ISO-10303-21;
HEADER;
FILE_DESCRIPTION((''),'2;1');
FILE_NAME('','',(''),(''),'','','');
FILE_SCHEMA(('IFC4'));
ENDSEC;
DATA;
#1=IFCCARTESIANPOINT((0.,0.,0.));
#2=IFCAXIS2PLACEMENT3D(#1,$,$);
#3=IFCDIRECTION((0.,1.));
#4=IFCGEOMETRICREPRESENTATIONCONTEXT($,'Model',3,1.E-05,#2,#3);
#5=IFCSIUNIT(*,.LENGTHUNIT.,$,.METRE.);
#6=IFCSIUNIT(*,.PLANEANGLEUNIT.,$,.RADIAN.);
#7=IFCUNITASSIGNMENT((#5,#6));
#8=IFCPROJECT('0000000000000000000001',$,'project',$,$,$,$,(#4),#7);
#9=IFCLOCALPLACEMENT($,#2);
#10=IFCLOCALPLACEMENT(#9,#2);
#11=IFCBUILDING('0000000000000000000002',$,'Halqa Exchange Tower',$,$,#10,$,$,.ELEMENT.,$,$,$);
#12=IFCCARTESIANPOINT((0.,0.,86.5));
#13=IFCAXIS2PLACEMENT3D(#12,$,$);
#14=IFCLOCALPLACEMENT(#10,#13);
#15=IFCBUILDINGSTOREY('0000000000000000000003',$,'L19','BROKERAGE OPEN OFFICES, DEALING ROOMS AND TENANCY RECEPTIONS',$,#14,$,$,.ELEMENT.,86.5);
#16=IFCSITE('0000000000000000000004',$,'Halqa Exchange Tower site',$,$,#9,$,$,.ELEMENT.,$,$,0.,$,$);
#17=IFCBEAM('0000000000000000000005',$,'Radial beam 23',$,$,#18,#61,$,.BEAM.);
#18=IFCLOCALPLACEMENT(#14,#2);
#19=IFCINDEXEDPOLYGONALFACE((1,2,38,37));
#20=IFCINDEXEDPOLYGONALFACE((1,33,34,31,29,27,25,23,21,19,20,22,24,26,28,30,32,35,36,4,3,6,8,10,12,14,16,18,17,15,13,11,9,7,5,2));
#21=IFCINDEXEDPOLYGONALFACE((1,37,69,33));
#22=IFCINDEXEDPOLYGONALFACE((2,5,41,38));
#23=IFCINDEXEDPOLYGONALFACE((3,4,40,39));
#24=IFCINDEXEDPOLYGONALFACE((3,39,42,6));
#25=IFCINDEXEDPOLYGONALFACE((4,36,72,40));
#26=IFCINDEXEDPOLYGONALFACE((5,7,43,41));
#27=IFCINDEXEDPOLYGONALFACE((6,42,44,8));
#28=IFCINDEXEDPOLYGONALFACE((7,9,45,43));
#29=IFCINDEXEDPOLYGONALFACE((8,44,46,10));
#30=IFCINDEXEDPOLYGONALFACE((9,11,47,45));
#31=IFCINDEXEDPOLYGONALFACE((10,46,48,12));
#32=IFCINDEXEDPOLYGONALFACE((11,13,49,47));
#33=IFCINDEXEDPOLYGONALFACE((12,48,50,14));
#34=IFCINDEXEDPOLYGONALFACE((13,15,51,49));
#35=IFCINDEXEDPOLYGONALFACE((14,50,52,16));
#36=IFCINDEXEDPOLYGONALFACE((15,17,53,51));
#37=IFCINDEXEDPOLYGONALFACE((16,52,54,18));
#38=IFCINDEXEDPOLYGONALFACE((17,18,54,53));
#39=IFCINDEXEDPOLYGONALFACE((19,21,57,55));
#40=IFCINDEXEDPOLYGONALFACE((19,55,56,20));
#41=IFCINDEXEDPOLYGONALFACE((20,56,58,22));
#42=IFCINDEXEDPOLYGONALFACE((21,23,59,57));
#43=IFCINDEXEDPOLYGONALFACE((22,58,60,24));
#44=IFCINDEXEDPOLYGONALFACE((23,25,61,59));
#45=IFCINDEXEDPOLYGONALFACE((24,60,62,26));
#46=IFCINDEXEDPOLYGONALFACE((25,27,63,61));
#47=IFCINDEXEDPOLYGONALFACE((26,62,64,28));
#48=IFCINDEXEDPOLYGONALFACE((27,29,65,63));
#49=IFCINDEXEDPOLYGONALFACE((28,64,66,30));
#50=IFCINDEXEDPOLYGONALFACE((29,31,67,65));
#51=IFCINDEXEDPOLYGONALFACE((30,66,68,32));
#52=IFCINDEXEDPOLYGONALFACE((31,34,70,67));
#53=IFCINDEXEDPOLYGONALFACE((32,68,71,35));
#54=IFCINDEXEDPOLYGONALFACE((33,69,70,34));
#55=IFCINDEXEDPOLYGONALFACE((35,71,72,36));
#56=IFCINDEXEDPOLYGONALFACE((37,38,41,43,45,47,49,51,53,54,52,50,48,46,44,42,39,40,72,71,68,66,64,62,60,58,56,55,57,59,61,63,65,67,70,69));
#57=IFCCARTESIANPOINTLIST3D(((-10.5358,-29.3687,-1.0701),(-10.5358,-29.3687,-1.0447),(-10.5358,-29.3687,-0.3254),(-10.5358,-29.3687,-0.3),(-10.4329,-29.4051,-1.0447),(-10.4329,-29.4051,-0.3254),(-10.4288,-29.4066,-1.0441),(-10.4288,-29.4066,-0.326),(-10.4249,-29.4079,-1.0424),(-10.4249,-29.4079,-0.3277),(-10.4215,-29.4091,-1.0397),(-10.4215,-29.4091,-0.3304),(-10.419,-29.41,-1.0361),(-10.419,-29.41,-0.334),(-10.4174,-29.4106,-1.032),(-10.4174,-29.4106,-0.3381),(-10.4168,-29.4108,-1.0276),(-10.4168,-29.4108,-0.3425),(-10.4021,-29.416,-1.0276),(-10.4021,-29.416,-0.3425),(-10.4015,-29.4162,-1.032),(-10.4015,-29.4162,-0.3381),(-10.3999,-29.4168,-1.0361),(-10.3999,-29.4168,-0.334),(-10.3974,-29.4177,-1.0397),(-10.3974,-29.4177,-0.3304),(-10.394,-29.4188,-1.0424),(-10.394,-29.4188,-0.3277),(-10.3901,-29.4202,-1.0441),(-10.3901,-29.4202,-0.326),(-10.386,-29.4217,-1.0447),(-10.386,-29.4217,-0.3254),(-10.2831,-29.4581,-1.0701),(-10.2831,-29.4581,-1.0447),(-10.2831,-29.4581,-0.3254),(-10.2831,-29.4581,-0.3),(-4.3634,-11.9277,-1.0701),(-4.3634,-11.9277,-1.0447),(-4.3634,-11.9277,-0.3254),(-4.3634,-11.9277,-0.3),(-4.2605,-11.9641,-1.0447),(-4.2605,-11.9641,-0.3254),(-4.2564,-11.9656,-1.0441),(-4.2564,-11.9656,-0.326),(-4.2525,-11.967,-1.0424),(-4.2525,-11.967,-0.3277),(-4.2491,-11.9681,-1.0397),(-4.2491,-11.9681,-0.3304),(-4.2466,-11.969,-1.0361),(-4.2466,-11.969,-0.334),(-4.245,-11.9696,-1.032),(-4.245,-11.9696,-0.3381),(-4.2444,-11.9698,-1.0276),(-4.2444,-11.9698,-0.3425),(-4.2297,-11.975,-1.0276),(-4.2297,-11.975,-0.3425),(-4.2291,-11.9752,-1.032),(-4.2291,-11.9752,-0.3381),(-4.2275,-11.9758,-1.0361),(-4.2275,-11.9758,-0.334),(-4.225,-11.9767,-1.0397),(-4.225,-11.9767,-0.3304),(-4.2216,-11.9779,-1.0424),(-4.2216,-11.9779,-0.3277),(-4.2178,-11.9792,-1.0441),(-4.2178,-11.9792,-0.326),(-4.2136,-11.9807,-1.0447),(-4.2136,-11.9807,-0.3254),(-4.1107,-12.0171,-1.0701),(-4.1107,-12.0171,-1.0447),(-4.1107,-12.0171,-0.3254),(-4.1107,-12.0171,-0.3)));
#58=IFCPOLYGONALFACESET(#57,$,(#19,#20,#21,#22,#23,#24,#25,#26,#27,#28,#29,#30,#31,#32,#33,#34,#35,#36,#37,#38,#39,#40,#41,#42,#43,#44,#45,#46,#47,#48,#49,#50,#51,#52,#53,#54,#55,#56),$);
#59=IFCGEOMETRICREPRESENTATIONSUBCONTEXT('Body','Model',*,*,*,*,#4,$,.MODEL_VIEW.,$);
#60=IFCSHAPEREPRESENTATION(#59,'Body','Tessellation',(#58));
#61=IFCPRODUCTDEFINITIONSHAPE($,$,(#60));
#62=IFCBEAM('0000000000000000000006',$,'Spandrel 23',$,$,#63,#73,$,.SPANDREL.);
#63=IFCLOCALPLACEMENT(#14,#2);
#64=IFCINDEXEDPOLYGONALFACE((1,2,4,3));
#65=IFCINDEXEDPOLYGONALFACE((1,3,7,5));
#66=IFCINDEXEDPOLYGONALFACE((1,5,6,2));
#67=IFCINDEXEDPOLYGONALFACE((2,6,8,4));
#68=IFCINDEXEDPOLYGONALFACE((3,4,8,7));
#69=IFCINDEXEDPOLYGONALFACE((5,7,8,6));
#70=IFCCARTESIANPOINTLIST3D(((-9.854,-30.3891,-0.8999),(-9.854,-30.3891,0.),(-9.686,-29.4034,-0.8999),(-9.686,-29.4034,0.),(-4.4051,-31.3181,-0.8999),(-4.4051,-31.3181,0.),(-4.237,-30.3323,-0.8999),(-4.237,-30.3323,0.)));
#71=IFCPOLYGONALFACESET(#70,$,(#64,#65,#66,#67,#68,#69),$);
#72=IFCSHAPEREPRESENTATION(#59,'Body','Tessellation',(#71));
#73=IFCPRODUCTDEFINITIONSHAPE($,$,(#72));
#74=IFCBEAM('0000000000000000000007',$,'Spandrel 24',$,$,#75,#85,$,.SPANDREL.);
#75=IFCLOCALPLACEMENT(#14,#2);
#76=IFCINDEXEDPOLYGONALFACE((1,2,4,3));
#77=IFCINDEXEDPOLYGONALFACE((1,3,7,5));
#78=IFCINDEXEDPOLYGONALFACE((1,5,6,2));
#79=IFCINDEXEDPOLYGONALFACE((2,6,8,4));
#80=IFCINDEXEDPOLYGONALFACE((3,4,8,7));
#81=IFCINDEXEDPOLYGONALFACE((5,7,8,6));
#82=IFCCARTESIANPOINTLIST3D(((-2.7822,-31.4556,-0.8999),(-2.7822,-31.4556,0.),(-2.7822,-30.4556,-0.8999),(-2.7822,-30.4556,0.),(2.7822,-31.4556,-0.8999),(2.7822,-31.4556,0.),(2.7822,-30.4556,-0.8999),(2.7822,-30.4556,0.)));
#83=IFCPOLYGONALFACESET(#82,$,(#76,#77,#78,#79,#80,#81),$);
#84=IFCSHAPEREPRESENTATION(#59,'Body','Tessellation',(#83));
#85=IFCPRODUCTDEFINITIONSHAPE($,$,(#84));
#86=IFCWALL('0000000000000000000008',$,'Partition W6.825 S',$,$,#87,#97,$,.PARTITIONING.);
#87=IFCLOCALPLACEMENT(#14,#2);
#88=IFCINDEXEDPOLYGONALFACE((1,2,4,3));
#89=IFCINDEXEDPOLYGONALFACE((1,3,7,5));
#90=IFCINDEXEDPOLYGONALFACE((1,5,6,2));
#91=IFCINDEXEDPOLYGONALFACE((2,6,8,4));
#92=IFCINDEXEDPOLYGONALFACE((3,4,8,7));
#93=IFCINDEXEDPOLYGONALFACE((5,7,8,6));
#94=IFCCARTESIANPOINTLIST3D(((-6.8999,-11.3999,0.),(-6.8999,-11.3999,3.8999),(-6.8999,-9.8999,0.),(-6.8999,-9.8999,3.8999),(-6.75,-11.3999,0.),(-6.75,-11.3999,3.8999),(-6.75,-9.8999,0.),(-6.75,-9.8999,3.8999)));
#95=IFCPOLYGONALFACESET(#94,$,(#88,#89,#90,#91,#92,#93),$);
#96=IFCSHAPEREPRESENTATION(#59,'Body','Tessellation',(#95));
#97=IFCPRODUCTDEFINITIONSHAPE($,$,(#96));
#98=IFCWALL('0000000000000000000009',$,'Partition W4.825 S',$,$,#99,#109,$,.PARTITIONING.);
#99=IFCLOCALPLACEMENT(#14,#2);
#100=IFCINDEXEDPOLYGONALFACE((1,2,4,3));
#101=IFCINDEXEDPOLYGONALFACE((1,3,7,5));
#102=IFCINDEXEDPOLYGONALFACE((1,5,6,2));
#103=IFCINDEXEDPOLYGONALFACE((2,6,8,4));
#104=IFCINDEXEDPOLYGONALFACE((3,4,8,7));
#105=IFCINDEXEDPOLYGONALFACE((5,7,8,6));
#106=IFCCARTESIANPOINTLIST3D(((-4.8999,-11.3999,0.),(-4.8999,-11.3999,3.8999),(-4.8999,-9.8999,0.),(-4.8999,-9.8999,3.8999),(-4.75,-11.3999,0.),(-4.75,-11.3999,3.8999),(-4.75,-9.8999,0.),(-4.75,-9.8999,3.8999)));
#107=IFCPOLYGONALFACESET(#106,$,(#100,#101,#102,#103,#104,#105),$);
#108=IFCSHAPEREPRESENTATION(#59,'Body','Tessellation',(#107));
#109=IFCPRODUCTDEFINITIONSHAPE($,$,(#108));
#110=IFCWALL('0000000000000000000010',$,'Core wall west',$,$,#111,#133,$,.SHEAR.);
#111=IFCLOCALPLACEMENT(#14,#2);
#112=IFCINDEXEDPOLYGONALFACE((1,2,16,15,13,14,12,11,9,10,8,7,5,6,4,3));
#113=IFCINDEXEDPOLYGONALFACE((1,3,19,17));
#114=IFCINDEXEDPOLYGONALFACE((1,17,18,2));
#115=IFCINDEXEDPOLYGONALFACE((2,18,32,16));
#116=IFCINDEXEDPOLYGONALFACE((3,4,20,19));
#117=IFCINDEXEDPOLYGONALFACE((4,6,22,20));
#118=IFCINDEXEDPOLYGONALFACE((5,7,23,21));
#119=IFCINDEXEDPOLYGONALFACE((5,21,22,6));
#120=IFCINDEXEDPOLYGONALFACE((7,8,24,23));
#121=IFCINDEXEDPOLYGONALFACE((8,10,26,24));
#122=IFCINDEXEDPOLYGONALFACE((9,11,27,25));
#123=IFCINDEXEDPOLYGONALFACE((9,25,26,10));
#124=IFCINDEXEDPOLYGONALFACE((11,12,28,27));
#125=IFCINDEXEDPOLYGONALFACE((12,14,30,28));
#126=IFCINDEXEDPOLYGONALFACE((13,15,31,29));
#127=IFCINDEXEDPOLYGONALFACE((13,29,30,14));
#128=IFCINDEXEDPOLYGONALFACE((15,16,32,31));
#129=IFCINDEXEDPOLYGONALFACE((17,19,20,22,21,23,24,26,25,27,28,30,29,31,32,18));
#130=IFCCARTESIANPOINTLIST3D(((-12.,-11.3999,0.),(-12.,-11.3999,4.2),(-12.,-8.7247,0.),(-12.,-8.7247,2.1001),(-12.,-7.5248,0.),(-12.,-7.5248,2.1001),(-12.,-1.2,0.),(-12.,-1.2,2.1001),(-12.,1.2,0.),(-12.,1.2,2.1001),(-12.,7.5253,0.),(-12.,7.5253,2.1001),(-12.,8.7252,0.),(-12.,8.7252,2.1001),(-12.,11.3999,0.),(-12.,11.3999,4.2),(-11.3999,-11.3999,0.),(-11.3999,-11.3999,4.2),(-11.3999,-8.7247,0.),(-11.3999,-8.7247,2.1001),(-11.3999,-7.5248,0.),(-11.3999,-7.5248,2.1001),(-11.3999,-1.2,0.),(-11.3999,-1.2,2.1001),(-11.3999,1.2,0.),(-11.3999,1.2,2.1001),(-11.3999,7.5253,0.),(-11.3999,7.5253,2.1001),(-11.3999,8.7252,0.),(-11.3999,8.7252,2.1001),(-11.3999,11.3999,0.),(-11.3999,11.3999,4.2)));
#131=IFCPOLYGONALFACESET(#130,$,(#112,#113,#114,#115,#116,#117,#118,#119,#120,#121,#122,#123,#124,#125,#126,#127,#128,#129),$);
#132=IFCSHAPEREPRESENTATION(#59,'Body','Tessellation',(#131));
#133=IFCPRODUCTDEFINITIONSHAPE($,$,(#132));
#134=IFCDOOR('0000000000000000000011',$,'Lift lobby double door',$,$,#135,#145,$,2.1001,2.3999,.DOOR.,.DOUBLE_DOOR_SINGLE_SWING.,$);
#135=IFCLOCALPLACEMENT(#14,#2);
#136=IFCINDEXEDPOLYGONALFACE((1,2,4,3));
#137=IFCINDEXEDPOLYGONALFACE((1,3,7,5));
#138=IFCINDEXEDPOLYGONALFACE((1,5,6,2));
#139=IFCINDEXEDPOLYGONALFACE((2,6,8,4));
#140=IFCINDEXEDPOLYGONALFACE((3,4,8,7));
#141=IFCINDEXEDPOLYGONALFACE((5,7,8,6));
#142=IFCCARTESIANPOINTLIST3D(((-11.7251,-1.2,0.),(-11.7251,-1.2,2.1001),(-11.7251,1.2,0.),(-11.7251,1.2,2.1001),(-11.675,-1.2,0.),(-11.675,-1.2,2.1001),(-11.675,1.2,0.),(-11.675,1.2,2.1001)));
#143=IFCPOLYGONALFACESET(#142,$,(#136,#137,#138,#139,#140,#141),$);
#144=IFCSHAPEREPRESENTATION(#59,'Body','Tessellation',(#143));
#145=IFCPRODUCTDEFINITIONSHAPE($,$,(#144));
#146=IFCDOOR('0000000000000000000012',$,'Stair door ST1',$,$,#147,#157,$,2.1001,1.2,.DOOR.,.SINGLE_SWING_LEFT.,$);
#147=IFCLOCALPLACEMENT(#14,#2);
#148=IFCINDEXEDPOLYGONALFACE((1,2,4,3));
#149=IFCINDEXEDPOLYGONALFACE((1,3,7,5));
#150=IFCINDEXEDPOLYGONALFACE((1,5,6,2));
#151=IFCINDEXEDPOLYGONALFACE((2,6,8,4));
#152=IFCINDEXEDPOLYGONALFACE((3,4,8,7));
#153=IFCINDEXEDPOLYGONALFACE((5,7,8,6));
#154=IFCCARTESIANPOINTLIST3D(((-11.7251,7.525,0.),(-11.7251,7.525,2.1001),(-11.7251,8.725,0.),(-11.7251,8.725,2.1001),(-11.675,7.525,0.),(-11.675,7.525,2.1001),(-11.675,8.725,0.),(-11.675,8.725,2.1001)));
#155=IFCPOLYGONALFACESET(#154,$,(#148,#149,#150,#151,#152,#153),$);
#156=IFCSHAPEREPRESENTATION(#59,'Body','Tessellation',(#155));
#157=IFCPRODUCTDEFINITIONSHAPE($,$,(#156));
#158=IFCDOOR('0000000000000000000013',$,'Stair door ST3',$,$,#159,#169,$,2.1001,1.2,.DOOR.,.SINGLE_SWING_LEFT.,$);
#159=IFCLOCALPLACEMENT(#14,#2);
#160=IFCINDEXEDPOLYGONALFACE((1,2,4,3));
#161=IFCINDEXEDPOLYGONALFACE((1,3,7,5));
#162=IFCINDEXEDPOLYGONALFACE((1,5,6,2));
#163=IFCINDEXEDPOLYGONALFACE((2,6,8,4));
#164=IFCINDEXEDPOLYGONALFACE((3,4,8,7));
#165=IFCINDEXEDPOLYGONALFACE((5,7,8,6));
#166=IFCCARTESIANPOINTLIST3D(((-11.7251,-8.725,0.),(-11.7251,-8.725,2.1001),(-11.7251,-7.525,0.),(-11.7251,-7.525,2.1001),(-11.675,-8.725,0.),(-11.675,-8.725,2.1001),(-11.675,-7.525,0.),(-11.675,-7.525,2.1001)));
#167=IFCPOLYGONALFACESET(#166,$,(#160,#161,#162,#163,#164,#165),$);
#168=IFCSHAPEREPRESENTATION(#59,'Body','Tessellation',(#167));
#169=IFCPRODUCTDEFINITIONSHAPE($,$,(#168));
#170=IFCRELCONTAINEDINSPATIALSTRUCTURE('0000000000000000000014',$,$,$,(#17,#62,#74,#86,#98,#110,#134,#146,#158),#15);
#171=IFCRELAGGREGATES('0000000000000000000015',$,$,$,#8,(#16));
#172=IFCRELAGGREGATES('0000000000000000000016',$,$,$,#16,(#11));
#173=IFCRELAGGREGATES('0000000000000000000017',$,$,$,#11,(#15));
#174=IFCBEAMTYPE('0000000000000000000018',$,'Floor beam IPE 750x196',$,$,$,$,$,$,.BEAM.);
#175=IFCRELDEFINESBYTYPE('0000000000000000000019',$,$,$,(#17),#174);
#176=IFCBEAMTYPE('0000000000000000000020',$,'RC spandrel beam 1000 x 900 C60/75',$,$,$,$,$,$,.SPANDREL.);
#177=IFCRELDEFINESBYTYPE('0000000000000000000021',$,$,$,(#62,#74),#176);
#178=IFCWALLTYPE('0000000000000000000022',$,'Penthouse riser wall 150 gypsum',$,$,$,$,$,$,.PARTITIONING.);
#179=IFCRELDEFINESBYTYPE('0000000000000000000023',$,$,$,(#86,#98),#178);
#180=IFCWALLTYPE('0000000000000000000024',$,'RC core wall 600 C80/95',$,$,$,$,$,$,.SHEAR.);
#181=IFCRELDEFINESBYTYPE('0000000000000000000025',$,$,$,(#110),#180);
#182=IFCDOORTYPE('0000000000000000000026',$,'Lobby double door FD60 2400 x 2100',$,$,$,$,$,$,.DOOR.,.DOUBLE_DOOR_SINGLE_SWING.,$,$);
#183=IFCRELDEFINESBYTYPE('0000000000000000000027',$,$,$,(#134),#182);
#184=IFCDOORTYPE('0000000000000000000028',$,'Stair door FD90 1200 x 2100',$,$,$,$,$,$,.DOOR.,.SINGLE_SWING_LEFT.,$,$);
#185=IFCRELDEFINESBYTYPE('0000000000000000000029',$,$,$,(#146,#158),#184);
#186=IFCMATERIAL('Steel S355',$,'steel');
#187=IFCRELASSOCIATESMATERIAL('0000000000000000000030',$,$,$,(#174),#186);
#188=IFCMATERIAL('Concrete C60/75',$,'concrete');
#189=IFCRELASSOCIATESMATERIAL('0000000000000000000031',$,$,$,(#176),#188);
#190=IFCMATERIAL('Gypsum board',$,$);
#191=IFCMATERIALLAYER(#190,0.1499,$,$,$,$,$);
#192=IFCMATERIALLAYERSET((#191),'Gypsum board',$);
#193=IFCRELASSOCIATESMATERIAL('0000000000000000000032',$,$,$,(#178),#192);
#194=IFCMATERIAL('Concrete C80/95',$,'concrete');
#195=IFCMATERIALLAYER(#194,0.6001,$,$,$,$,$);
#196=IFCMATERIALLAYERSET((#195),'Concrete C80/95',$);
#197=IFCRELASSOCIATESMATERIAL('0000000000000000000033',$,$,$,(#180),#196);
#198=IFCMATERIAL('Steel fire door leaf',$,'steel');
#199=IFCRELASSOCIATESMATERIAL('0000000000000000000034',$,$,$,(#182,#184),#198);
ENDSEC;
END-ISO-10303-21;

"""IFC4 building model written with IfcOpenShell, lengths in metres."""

from ifc_helpers import new_model, si_unit, direction, frame, frame_2d, origin, origin_2d, place, context, subcontext, project, spatial, rectangle, i_section, extrude, material, layer, layer_set, material_profile, profile_set, type_object, element, fill, save


model = new_model("IFC4")

# Units and contexts
model_context = context("Model", 3, precision=1e-05, world=origin(), true_north=direction((0.0, 1.0)))
body_context = subcontext(model_context, "Body", "Model", "MODEL_VIEW")
ifc_project = project(units=[si_unit("LENGTHUNIT", "METRE"), si_unit("PLANEANGLEUNIT", "RADIAN")], contexts=[model_context])

# Site, building, storey
site_placement = place(None, origin())
site = spatial("IfcSite", under=ifc_project, at=site_placement, Name="Halqa Exchange Tower site", CompositionType="ELEMENT", RefElevation=0.0)
building_placement = place(site_placement, origin())
building = spatial("IfcBuilding", under=site, at=building_placement, Name="Halqa Exchange Tower", CompositionType="ELEMENT")
storey_placement = place(building_placement, frame((0.0, 0.0, 86.5)))
storey = spatial("IfcBuildingStorey", under=building, at=storey_placement, Name="L19", Description="BROKERAGE OPEN OFFICES, DEALING ROOMS AND TENANCY RECEPTIONS", CompositionType="ELEMENT", Elevation=86.5)

# Beams
ifc_material_1 = material(Name="Steel S355", Category="steel")
ifc_material_profile_1 = material_profile(ifc_material_1, i_section(OverallWidth=0.2681, OverallDepth=0.77, WebThickness=0.0156, FlangeThickness=0.0254, FilletRadius=0.0171, at=origin_2d()), Name="IPE 750x196")
ifc_profile_set_1 = profile_set([ifc_material_profile_1], Name="Steel S355")
beam_type_1 = type_object("IfcBeamType", Name="Floor beam IPE 750x196", PredefinedType="BEAM", material=ifc_profile_set_1)
beam_1_placement = place(storey_placement, frame((-4.2371, -11.9724, -0.6851), z_axis=(-0.333625, -0.942706, 0.0), x_axis=(0.942706, -0.333625, 0.0)))
element("IfcBeam", 1, at=beam_1_placement, inside=storey, type_object=beam_type_1, Name="Radial beam 23", PredefinedType="BEAM", context=body_context, shape_type="SweptSolid", body=[
    extrude(i_section(OverallWidth=0.2681, OverallDepth=0.77, WebThickness=0.0156, FlangeThickness=0.0254, FilletRadius=0.0171, at=origin_2d()), origin(), (0.0, 0.0, 1.0), 18.501),
])
ifc_material_2 = material(Name="Concrete C60/75", Category="concrete")
ifc_material_profile_2 = material_profile(ifc_material_2, rectangle(XDim=1.0, YDim=0.8999, at=origin_2d()), Name="1000 x 900")
ifc_profile_set_2 = profile_set([ifc_material_profile_2], Name="Concrete C60/75")
beam_type_2 = type_object("IfcBeamType", Name="RC spandrel beam 1000 x 900 C60/75", PredefinedType="SPANDREL", material=ifc_profile_set_2)
beam_2_placement = place(storey_placement, frame((-9.77, -29.8962, -0.45), z_axis=(0.985777, -0.168058, 0.0), x_axis=(0.168058, 0.985777, 0.0)))
element("IfcBeam", 2, at=beam_2_placement, inside=storey, type_object=beam_type_2, Name="Spandrel 23", PredefinedType="SPANDREL", context=body_context, shape_type="SweptSolid", body=[
    extrude(rectangle(XDim=1.0, YDim=0.8999, at=origin_2d()), origin(), (0.0, 0.0, 1.0), 5.5276),
])
beam_3_placement = place(storey_placement, frame((-2.7822, -30.9556, -0.45), z_axis=(1.0, 0.0, 0.0), x_axis=(0.0, 1.0, 0.0)))
element("IfcBeam", 3, at=beam_3_placement, inside=storey, type_object=beam_type_2, Name="Spandrel 24", PredefinedType="SPANDREL", context=body_context, shape_type="SweptSolid", body=[
    extrude(rectangle(XDim=1.0, YDim=0.8999, at=origin_2d()), origin(), (0.0, 0.0, 1.0), 5.5645),
])

# Walls
ifc_material_3 = material(Name="Gypsum board")
ifc_layer_1 = layer(ifc_material_3, 0.1499)
ifc_layer_set_1 = layer_set([ifc_layer_1], Name="Gypsum board")
wall_type_1 = type_object("IfcWallType", Name="Penthouse riser wall 150 gypsum", PredefinedType="PARTITIONING", material=ifc_layer_set_1)
for number, where, z_axis, x_axis, name in (
    (4, (-6.825, -11.3999, 0.0), (0.0, 0.0, 1.0), (0.0, 1.0, 0.0), "Partition W6.825 S"),
    (5, (-4.825, -11.3999, 0.0), (0.0, 0.0, 1.0), (0.0, 1.0, 0.0), "Partition W4.825 S"),
):
    element("IfcWall", number, at=place(storey_placement, frame(where, z_axis=z_axis, x_axis=x_axis)), inside=storey, type_object=wall_type_1, Name=name, PredefinedType="PARTITIONING", context=body_context, shape_type="SweptSolid", body=[
        extrude(rectangle(XDim=1.5, YDim=0.1499, at=frame_2d((0.75, 0.0))), origin(), (0.0, 0.0, 1.0), 3.8999),
    ])

# Wall, openings, doors
ifc_material_4 = material(Name="Concrete C80/95", Category="concrete")
ifc_layer_2 = layer(ifc_material_4, 0.6001)
ifc_layer_set_2 = layer_set([ifc_layer_2], Name="Concrete C80/95")
wall_type_2 = type_object("IfcWallType", Name="RC core wall 600 C80/95", PredefinedType="SHEAR", material=ifc_layer_set_2)
wall_1_placement = place(storey_placement, frame((-11.7, -11.3999, 0.0), z_axis=(0.0, 0.0, 1.0), x_axis=(0.0, 1.0, 0.0)))
wall_1 = element("IfcWall", 6, at=wall_1_placement, inside=storey, type_object=wall_type_2, Name="Core wall west", PredefinedType="SHEAR", context=body_context, shape_type="SweptSolid", body=[
    extrude(rectangle(XDim=22.7998, YDim=0.6001, at=frame_2d((11.3999, 0.0))), origin(), (0.0, 0.0, 1.0), 4.2),
])
opening_1_placement = place(wall_1_placement, frame((10.2, 0.0, 0.0)))
opening_1 = element("IfcOpeningElement", 7, at=opening_1_placement, cuts=wall_1, PredefinedType="OPENING", context=body_context, shape_type="SweptSolid", body=[
    extrude(rectangle(XDim=2.3999, YDim=2.1001, at=frame_2d((1.2, 1.05))), frame((0.0, 0.312, 0.0), z_axis=(0.0, -1.0, 0.0), x_axis=(1.0, 0.0, 0.0)), (0.0, 0.0, 1.0), 0.624),
])
opening_2_placement = place(wall_1_placement, frame((18.925, 0.0, 0.0)))
opening_2 = element("IfcOpeningElement", 8, at=opening_2_placement, cuts=wall_1, PredefinedType="OPENING", context=body_context, shape_type="SweptSolid", body=[
    extrude(rectangle(XDim=1.2, YDim=2.1001, at=frame_2d((0.6001, 1.05))), frame((0.0, 0.312, 0.0), z_axis=(0.0, -1.0, 0.0), x_axis=(1.0, 0.0, 0.0)), (0.0, 0.0, 1.0), 0.624),
])
opening_3_placement = place(wall_1_placement, frame((2.675, 0.0, 0.0)))
opening_3 = element("IfcOpeningElement", 9, at=opening_3_placement, cuts=wall_1, PredefinedType="OPENING", context=body_context, shape_type="SweptSolid", body=[
    extrude(rectangle(XDim=1.2, YDim=2.1001, at=frame_2d((0.6001, 1.05))), frame((0.0, 0.312, 0.0), z_axis=(0.0, -1.0, 0.0), x_axis=(1.0, 0.0, 0.0)), (0.0, 0.0, 1.0), 0.624),
])
ifc_material_5 = material(Name="Steel fire door leaf", Category="steel")
door_type_1 = type_object("IfcDoorType", Name="Lobby double door FD60 2400 x 2100", OperationType="DOUBLE_DOOR_SINGLE_SWING", PredefinedType="DOOR", material=ifc_material_5)
door_1_placement = place(opening_1_placement, frame((2.3999, 0.0, 0.0), z_axis=(0.0, 0.0, 1.0), x_axis=(-1.0, 0.0, 0.0)))
door_1 = element("IfcDoor", 10, at=door_1_placement, inside=storey, type_object=door_type_1, Name="Lift lobby double door", OperationType="DOUBLE_DOOR_SINGLE_SWING", OverallHeight=2.1001, OverallWidth=2.3999, PredefinedType="DOOR", context=body_context, shape_type="SweptSolid", body=[
    extrude(rectangle(XDim=2.3999, YDim=2.1001, at=frame_2d((1.2, 1.05))), frame((0.0, 0.0249, 0.0), z_axis=(0.0, -1.0, 0.0), x_axis=(1.0, 0.0, 0.0)), (0.0, 0.0, 1.0), 0.05),
])
fill(opening_1, door_1)
door_type_2 = type_object("IfcDoorType", Name="Stair door FD90 1200 x 2100", OperationType="SINGLE_SWING_LEFT", PredefinedType="DOOR", material=ifc_material_5)
door_2_placement = place(opening_2_placement, frame((1.2, 0.0, 0.0), z_axis=(0.0, 0.0, 1.0), x_axis=(-1.0, 0.0, 0.0)))
door_2 = element("IfcDoor", 11, at=door_2_placement, inside=storey, type_object=door_type_2, Name="Stair door ST1", OperationType="SINGLE_SWING_LEFT", OverallHeight=2.1001, OverallWidth=1.2, PredefinedType="DOOR", context=body_context, shape_type="SweptSolid", body=[
    extrude(rectangle(XDim=1.2, YDim=2.1001, at=frame_2d((0.6001, 1.05))), frame((0.0, 0.0249, 0.0), z_axis=(0.0, -1.0, 0.0), x_axis=(1.0, 0.0, 0.0)), (0.0, 0.0, 1.0), 0.05),
])
fill(opening_2, door_2)
door_3_placement = place(opening_3_placement, frame((1.2, 0.0, 0.0), z_axis=(0.0, 0.0, 1.0), x_axis=(-1.0, 0.0, 0.0)))
door_3 = element("IfcDoor", 12, at=door_3_placement, inside=storey, type_object=door_type_2, Name="Stair door ST3", OperationType="SINGLE_SWING_LEFT", OverallHeight=2.1001, OverallWidth=1.2, PredefinedType="DOOR", context=body_context, shape_type="SweptSolid", body=[
    extrude(rectangle(XDim=1.2, YDim=2.1001, at=frame_2d((0.6001, 1.05))), frame((0.0, 0.0249, 0.0), z_axis=(0.0, -1.0, 0.0), x_axis=(1.0, 0.0, 0.0)), (0.0, 0.0, 1.0), 0.05),
])
fill(opening_3, door_3)

save(model, "model.ifc")
